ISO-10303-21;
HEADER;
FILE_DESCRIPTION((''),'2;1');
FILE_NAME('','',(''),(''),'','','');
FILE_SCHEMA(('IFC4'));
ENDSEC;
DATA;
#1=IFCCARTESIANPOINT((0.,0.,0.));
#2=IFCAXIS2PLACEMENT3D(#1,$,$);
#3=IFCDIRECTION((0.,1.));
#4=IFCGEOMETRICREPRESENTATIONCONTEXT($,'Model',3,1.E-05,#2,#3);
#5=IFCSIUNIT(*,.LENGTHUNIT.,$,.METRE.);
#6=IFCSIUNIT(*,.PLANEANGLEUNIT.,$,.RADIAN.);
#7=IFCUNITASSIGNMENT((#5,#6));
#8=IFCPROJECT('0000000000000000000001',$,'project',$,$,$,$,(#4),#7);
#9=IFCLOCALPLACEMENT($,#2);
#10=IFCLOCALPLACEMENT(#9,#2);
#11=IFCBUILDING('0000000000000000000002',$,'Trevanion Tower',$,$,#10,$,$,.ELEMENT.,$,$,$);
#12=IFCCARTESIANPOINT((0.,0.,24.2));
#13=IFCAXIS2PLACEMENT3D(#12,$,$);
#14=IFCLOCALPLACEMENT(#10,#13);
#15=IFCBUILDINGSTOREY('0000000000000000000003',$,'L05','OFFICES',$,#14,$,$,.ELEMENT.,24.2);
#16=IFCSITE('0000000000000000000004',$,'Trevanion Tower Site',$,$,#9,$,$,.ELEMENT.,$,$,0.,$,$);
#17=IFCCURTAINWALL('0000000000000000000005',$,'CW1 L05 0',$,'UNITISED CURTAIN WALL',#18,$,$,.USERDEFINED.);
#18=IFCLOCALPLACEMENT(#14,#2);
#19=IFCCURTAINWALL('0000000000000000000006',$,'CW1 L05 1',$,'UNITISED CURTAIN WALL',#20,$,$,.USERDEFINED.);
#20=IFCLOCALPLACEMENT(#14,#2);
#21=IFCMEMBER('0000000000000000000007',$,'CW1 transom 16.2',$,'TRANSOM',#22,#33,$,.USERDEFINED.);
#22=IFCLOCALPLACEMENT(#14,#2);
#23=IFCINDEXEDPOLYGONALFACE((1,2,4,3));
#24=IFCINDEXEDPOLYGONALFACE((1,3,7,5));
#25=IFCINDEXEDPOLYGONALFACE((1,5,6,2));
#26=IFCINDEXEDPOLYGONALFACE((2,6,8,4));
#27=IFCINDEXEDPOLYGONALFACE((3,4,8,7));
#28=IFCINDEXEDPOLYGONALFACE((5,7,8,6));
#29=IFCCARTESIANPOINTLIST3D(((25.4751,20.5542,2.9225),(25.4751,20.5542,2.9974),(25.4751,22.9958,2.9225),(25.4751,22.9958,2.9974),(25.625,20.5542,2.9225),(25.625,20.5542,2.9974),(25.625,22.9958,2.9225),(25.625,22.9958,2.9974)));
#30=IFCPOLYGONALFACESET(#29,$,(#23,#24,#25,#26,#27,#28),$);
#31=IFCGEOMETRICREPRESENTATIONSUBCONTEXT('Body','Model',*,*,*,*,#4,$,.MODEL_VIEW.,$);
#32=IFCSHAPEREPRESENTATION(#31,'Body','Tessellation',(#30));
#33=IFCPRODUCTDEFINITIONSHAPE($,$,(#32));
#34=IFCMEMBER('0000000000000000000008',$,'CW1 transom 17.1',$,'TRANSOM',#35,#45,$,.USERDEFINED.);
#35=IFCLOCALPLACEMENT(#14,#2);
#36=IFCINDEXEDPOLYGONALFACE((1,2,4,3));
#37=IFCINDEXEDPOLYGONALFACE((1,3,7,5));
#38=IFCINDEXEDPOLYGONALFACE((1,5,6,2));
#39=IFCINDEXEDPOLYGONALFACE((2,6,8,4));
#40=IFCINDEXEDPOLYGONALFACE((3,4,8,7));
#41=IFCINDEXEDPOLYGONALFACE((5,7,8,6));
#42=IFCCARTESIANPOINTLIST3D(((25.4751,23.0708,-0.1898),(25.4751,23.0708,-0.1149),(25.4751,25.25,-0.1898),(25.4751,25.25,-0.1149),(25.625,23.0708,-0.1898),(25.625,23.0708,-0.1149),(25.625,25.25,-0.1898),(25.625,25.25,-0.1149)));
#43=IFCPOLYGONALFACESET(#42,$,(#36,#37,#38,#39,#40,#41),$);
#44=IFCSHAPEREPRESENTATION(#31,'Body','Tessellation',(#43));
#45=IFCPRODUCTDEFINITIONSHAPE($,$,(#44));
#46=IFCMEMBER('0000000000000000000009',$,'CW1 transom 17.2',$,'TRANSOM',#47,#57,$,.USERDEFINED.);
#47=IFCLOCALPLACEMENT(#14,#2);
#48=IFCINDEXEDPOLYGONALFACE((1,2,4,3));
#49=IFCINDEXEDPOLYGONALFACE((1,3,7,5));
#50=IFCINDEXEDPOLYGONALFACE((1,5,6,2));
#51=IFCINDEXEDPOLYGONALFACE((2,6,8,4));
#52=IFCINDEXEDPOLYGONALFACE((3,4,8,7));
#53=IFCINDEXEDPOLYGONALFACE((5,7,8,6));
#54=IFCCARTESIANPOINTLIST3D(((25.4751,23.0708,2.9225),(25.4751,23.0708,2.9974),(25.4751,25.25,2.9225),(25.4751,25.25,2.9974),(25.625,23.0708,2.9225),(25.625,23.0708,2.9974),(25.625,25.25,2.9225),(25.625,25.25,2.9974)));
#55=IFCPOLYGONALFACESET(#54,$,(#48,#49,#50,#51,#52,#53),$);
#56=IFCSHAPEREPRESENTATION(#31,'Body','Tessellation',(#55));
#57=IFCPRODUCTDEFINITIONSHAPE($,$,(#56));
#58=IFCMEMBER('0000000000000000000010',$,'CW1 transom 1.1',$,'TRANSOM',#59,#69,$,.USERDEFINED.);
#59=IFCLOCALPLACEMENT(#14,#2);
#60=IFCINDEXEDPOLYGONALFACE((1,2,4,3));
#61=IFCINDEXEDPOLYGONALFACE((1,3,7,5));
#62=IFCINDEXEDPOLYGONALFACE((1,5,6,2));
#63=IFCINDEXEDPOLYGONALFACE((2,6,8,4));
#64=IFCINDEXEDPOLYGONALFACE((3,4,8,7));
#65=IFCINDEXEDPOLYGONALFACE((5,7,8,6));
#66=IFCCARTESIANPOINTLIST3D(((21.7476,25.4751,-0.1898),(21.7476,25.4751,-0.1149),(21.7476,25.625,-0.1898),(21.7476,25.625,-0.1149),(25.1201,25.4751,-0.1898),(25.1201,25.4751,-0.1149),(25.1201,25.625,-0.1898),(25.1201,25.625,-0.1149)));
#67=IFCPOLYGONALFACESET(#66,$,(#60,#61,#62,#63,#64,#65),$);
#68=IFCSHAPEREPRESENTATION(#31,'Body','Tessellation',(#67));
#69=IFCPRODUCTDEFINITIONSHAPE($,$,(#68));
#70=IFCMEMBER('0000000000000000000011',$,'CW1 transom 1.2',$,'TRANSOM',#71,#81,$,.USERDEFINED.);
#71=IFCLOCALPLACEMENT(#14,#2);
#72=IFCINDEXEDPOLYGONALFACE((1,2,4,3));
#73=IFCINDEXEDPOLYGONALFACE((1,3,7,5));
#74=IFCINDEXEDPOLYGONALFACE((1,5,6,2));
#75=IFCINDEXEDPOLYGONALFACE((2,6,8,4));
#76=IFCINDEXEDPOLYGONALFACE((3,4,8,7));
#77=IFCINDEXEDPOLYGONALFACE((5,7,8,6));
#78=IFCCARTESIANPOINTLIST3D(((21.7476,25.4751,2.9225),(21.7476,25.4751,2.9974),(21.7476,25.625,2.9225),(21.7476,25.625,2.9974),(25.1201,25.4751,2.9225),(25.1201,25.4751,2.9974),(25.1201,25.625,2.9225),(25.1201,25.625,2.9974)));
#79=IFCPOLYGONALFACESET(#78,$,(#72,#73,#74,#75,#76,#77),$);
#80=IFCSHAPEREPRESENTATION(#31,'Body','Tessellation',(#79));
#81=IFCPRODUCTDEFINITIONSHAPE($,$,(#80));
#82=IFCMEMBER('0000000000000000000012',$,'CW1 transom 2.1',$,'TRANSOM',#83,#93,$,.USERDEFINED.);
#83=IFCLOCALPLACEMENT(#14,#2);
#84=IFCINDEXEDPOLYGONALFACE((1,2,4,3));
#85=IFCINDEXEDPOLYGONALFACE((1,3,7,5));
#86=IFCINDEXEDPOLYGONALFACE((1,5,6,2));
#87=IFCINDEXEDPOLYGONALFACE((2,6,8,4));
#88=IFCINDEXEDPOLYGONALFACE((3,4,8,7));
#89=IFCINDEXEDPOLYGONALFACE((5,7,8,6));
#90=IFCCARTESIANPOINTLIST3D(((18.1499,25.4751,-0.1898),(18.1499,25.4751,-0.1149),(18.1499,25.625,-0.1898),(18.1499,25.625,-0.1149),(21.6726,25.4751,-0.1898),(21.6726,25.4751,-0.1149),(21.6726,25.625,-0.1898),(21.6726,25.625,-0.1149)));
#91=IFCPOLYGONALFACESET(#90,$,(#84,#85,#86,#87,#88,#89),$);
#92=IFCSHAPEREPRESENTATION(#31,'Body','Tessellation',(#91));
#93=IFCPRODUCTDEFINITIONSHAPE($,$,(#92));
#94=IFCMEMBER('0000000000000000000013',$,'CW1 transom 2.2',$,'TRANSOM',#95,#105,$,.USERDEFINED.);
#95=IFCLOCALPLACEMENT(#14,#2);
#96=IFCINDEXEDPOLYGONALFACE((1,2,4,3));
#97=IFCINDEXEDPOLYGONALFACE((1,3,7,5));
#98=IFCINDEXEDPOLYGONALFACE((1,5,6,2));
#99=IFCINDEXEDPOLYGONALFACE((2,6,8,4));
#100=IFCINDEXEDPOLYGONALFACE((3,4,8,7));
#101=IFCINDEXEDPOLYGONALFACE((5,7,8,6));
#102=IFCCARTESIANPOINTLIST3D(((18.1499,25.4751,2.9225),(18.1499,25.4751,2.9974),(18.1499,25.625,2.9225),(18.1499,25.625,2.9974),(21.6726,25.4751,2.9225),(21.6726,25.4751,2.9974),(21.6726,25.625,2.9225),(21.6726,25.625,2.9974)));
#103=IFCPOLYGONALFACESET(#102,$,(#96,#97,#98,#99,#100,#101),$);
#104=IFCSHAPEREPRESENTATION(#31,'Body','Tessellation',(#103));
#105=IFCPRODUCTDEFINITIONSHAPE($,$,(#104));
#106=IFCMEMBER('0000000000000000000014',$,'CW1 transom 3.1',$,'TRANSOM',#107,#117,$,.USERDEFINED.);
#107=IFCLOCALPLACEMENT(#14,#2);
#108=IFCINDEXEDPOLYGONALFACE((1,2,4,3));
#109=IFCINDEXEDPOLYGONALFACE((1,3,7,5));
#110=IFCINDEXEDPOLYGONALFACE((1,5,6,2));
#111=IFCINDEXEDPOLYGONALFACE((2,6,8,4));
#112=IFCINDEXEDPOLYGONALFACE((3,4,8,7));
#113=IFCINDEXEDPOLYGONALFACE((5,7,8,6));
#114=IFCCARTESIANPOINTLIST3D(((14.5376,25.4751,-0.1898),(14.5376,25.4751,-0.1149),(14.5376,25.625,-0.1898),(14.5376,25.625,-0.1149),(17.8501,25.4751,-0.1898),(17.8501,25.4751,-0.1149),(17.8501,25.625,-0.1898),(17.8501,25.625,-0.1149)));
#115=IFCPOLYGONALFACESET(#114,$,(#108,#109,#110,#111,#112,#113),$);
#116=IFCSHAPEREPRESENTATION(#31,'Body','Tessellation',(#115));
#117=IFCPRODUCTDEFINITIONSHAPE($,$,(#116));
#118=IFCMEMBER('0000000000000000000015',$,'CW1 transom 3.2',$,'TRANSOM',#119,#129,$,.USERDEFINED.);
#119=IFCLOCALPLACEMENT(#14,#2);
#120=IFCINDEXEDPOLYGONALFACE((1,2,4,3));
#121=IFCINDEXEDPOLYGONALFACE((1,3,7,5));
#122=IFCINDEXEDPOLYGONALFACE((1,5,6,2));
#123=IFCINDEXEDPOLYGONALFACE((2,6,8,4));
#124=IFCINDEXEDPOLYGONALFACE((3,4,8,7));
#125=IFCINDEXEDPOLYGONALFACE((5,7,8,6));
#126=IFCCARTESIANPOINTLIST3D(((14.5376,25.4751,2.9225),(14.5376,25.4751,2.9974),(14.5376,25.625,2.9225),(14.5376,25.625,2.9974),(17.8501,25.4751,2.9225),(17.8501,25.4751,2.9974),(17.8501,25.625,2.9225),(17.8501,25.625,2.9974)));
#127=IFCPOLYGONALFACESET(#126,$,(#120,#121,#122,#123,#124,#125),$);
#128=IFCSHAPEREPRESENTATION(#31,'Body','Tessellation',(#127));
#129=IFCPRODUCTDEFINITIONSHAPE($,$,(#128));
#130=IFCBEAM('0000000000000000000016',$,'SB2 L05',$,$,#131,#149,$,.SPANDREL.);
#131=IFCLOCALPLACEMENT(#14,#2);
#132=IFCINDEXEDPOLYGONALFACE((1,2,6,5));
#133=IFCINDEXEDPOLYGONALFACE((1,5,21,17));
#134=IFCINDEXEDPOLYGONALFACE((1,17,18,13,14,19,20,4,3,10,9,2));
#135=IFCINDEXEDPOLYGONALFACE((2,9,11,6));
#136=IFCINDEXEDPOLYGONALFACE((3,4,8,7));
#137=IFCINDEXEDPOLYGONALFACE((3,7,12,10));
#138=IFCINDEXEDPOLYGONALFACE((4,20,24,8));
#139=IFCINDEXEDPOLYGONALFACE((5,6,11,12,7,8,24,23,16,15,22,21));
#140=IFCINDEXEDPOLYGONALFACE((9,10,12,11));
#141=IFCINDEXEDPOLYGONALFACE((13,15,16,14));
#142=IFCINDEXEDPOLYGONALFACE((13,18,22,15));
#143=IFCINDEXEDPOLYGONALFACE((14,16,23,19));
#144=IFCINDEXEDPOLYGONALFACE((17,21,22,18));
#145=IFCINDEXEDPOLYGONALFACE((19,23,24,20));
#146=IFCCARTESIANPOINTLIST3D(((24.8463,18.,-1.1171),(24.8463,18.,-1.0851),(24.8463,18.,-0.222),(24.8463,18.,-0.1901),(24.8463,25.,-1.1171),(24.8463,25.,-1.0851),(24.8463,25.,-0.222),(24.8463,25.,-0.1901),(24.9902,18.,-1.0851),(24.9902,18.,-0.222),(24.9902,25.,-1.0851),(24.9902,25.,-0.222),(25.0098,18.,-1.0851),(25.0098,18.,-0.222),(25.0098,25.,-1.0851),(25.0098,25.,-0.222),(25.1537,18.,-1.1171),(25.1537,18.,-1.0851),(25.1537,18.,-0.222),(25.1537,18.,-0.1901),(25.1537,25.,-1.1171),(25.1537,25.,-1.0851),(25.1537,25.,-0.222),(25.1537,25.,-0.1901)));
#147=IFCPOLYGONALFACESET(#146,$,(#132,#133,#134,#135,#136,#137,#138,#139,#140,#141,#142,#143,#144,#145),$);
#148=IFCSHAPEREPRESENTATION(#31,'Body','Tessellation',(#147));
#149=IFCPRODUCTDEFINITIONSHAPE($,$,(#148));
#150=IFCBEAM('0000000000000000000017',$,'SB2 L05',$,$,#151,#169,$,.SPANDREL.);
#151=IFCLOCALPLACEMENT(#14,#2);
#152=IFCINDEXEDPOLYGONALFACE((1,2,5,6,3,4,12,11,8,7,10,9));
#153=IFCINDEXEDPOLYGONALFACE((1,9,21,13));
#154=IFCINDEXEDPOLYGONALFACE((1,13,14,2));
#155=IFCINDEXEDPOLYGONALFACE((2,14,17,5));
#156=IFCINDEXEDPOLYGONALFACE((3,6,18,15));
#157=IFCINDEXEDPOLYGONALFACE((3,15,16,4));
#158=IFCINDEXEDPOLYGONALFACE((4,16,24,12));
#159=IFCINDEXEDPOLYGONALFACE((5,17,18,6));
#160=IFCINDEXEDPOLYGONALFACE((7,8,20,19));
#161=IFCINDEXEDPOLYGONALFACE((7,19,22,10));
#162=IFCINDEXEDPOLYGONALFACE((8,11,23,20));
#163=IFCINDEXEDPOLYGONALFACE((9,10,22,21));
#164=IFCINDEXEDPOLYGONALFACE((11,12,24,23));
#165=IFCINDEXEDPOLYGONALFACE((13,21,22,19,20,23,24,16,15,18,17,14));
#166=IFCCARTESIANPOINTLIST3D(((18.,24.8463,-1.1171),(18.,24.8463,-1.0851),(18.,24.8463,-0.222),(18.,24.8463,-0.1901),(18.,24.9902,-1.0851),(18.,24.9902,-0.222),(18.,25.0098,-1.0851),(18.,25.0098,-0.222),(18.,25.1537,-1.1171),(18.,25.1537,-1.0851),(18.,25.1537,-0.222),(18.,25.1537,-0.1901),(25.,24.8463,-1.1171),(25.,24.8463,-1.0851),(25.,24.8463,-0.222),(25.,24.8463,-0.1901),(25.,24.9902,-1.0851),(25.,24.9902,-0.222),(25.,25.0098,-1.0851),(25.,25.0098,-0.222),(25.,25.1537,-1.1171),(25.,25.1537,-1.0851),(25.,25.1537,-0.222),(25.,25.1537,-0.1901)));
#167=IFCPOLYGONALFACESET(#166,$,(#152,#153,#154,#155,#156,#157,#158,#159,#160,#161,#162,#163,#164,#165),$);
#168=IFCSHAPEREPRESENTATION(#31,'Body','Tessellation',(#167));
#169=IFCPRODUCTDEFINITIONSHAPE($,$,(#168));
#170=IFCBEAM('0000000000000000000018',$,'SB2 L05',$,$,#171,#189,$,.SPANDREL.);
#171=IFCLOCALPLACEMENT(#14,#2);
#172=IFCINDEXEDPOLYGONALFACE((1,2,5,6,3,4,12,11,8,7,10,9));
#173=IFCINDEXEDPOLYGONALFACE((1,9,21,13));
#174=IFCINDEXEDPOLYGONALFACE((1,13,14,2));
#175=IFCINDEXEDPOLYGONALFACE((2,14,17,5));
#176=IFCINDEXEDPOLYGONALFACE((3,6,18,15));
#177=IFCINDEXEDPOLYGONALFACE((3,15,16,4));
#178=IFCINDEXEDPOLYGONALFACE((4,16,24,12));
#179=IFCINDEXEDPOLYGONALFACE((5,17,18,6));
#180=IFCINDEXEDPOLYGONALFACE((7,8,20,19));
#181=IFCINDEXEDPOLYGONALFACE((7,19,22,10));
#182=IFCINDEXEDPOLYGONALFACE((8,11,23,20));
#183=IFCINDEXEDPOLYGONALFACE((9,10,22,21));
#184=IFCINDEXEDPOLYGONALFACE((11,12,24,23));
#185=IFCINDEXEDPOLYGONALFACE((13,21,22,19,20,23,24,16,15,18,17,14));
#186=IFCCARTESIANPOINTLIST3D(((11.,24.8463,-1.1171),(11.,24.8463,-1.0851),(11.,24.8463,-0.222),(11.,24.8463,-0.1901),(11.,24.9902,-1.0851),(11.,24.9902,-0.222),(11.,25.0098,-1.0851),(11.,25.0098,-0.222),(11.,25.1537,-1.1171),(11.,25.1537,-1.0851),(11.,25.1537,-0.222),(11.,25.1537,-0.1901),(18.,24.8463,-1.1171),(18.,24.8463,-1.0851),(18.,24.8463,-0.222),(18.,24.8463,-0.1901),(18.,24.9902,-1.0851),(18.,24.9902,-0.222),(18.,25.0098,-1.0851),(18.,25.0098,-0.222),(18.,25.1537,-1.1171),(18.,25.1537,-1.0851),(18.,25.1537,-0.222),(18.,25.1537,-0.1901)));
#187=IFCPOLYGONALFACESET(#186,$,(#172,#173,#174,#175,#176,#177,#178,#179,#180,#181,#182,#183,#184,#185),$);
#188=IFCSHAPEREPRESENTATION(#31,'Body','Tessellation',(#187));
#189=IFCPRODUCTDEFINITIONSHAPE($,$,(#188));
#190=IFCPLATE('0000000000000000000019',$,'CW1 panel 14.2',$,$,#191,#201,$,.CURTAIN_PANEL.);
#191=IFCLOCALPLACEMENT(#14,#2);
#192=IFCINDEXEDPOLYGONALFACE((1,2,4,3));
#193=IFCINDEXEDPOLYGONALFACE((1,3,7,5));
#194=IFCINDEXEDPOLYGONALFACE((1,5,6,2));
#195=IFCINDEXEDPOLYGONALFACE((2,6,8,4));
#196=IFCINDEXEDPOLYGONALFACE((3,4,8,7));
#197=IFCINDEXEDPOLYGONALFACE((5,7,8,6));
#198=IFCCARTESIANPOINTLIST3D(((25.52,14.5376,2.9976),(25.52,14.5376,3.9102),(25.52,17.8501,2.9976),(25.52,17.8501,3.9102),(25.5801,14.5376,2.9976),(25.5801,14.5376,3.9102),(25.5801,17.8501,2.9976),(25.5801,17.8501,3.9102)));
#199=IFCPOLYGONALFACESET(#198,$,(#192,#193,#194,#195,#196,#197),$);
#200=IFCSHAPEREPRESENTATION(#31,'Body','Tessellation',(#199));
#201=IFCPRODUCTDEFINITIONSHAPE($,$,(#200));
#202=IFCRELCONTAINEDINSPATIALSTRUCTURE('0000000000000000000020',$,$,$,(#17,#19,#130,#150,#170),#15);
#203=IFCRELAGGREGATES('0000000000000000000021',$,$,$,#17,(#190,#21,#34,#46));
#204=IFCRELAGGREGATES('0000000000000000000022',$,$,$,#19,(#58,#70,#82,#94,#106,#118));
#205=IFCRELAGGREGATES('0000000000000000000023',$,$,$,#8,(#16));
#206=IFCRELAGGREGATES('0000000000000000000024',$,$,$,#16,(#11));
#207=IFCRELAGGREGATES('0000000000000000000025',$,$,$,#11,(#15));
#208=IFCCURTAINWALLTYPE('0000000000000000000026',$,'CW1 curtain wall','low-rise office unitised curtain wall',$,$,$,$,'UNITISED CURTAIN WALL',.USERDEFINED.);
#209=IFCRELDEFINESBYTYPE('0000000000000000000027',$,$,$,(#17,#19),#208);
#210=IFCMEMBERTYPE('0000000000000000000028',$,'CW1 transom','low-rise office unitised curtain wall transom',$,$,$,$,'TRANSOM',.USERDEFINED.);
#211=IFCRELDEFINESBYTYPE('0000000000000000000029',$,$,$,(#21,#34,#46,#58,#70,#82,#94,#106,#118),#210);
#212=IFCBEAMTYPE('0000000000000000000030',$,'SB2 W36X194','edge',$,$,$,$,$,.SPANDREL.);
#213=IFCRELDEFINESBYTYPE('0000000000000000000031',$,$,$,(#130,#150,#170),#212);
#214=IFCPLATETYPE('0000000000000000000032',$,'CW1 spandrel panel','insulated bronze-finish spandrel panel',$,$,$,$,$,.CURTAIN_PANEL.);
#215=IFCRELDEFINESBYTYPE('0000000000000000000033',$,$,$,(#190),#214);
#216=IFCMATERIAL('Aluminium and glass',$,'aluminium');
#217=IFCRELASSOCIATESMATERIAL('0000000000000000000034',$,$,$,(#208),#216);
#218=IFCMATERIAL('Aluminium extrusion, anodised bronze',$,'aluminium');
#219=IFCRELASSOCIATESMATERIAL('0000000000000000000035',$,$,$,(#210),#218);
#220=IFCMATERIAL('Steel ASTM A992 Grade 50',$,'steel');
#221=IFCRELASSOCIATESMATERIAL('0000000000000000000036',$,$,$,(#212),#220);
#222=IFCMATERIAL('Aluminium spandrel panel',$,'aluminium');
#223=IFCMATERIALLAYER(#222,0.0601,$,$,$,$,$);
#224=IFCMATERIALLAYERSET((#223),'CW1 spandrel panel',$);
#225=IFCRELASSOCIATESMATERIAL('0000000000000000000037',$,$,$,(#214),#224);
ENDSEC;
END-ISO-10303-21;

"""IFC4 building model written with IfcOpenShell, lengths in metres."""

from ifc_helpers import new_model, si_unit, direction, frame, origin, origin_2d, place, context, subcontext, project, spatial, rectangle, i_section, extrude, material, layer, layer_set, material_profile, profile_set, type_object, element, aggregate, save


model = new_model("IFC4")

# Units and contexts
model_context = context("Model", 3, precision=1e-05, world=origin(), true_north=direction((0.0, 1.0)))
body_context = subcontext(model_context, "Body", "Model", "MODEL_VIEW")
ifc_project = project(units=[si_unit("LENGTHUNIT", "METRE"), si_unit("PLANEANGLEUNIT", "RADIAN")], contexts=[model_context])

# Site, building, storey
site_placement = place(None, origin())
site = spatial("IfcSite", under=ifc_project, at=site_placement, Name="Trevanion Tower Site", CompositionType="ELEMENT", RefElevation=0.0)
building_placement = place(site_placement, origin())
building = spatial("IfcBuilding", under=site, at=building_placement, Name="Trevanion Tower", CompositionType="ELEMENT")
storey_placement = place(building_placement, frame((0.0, 0.0, 24.2)))
storey = spatial("IfcBuildingStorey", under=building, at=storey_placement, Name="L05", Description="OFFICES", CompositionType="ELEMENT", Elevation=24.2)

# Curtain wall
ifc_material_1 = material(Name="Aluminium and glass", Category="aluminium")
curtain_wall_type = type_object("IfcCurtainWallType", Name="CW1 curtain wall", Description="low-rise office unitised curtain wall", ElementType="UNITISED CURTAIN WALL", PredefinedType="USERDEFINED", material=ifc_material_1)
curtain_wall_1_placement = place(storey_placement, origin())
curtain_wall_1 = element("IfcCurtainWall", 1, at=curtain_wall_1_placement, inside=storey, type_object=curtain_wall_type, Name="CW1 L05 0", ObjectType="UNITISED CURTAIN WALL", PredefinedType="USERDEFINED")

# Curtain wall
curtain_wall_2_placement = place(storey_placement, origin())
curtain_wall_2 = element("IfcCurtainWall", 2, at=curtain_wall_2_placement, inside=storey, type_object=curtain_wall_type, Name="CW1 L05 1", ObjectType="UNITISED CURTAIN WALL", PredefinedType="USERDEFINED")

# Members
ifc_material_2 = material(Name="Aluminium extrusion, anodised bronze", Category="aluminium")
ifc_material_profile_1 = material_profile(ifc_material_2, rectangle(XDim=0.1499, YDim=0.075, at=origin_2d()), Name="CW1 transom")
ifc_profile_set_1 = profile_set([ifc_material_profile_1], Name="Aluminium extrusion, anodised bronze")
member_type_1 = type_object("IfcMemberType", Name="CW1 transom", Description="low-rise office unitised curtain wall transom", ElementType="TRANSOM", PredefinedType="USERDEFINED", material=ifc_profile_set_1)
member_1_placement = place(storey_placement, frame((25.55, 20.5542, 2.96), z_axis=(0.0, 1.0, 0.0), x_axis=(-1.0, 0.0, 0.0)))
member_1 = element("IfcMember", 3, at=member_1_placement, type_object=member_type_1, Name="CW1 transom 16.2", ObjectType="TRANSOM", PredefinedType="USERDEFINED", context=body_context, shape_type="SweptSolid", body=[
    extrude(rectangle(XDim=0.1499, YDim=0.075, at=origin_2d()), origin(), (0.0, 0.0, 1.0), 2.4417),
])
member_2_placement = place(storey_placement, frame((25.55, 23.0708, -0.1523), z_axis=(0.0, 1.0, 0.0), x_axis=(-1.0, 0.0, 0.0)))
member_2 = element("IfcMember", 4, at=member_2_placement, type_object=member_type_1, Name="CW1 transom 17.1", ObjectType="TRANSOM", PredefinedType="USERDEFINED", context=body_context, shape_type="SweptSolid", body=[
    extrude(rectangle(XDim=0.1499, YDim=0.075, at=origin_2d()), origin(), (0.0, 0.0, 1.0), 2.1792),
])
member_3_placement = place(storey_placement, frame((25.55, 23.0708, 2.96), z_axis=(0.0, 1.0, 0.0), x_axis=(-1.0, 0.0, 0.0)))
member_3 = element("IfcMember", 5, at=member_3_placement, type_object=member_type_1, Name="CW1 transom 17.2", ObjectType="TRANSOM", PredefinedType="USERDEFINED", context=body_context, shape_type="SweptSolid", body=[
    extrude(rectangle(XDim=0.1499, YDim=0.075, at=origin_2d()), origin(), (0.0, 0.0, 1.0), 2.1792),
])
member_4_placement = place(storey_placement, frame((25.1201, 25.55, -0.1523), z_axis=(-1.0, 0.0, 0.0), x_axis=(0.0, -1.0, 0.0)))
member_4 = element("IfcMember", 6, at=member_4_placement, type_object=member_type_1, Name="CW1 transom 1.1", ObjectType="TRANSOM", PredefinedType="USERDEFINED", context=body_context, shape_type="SweptSolid", body=[
    extrude(rectangle(XDim=0.1499, YDim=0.075, at=origin_2d()), origin(), (0.0, 0.0, 1.0), 3.3726),
])
member_5_placement = place(storey_placement, frame((25.1201, 25.55, 2.96), z_axis=(-1.0, 0.0, 0.0), x_axis=(0.0, -1.0, 0.0)))
member_5 = element("IfcMember", 7, at=member_5_placement, type_object=member_type_1, Name="CW1 transom 1.2", ObjectType="TRANSOM", PredefinedType="USERDEFINED", context=body_context, shape_type="SweptSolid", body=[
    extrude(rectangle(XDim=0.1499, YDim=0.075, at=origin_2d()), origin(), (0.0, 0.0, 1.0), 3.3726),
])
member_6_placement = place(storey_placement, frame((21.6726, 25.55, -0.1523), z_axis=(-1.0, 0.0, 0.0), x_axis=(0.0, -1.0, 0.0)))
member_6 = element("IfcMember", 8, at=member_6_placement, type_object=member_type_1, Name="CW1 transom 2.1", ObjectType="TRANSOM", PredefinedType="USERDEFINED", context=body_context, shape_type="SweptSolid", body=[
    extrude(rectangle(XDim=0.1499, YDim=0.075, at=origin_2d()), origin(), (0.0, 0.0, 1.0), 3.5227),
])
member_7_placement = place(storey_placement, frame((21.6726, 25.55, 2.96), z_axis=(-1.0, 0.0, 0.0), x_axis=(0.0, -1.0, 0.0)))
member_7 = element("IfcMember", 9, at=member_7_placement, type_object=member_type_1, Name="CW1 transom 2.2", ObjectType="TRANSOM", PredefinedType="USERDEFINED", context=body_context, shape_type="SweptSolid", body=[
    extrude(rectangle(XDim=0.1499, YDim=0.075, at=origin_2d()), origin(), (0.0, 0.0, 1.0), 3.5227),
])
member_8_placement = place(storey_placement, frame((17.8501, 25.55, -0.1523), z_axis=(-1.0, 0.0, 0.0), x_axis=(0.0, -1.0, 0.0)))
member_8 = element("IfcMember", 10, at=member_8_placement, type_object=member_type_1, Name="CW1 transom 3.1", ObjectType="TRANSOM", PredefinedType="USERDEFINED", context=body_context, shape_type="SweptSolid", body=[
    extrude(rectangle(XDim=0.1499, YDim=0.075, at=origin_2d()), origin(), (0.0, 0.0, 1.0), 3.3125),
])
member_9_placement = place(storey_placement, frame((17.8501, 25.55, 2.96), z_axis=(-1.0, 0.0, 0.0), x_axis=(0.0, -1.0, 0.0)))
member_9 = element("IfcMember", 11, at=member_9_placement, type_object=member_type_1, Name="CW1 transom 3.2", ObjectType="TRANSOM", PredefinedType="USERDEFINED", context=body_context, shape_type="SweptSolid", body=[
    extrude(rectangle(XDim=0.1499, YDim=0.075, at=origin_2d()), origin(), (0.0, 0.0, 1.0), 3.3125),
])

# Beams
ifc_material_3 = material(Name="Steel ASTM A992 Grade 50", Category="steel")
ifc_material_profile_2 = material_profile(ifc_material_3, i_section(OverallWidth=0.3074, OverallDepth=0.927, WebThickness=0.0195, FlangeThickness=0.032, at=origin_2d()), Name="W36X194")
ifc_profile_set_2 = profile_set([ifc_material_profile_2], Name="Steel ASTM A992 Grade 50")
beam_type = type_object("IfcBeamType", Name="SB2 W36X194", Description="edge", PredefinedType="SPANDREL", material=ifc_profile_set_2)
for number, where, z_axis, x_axis, name in (
    (12, (25.0, 18.0, -0.6536), (0.0, 1.0, 0.0), (-1.0, 0.0, 0.0), "SB2 L05"),
    (13, (25.0, 25.0, -0.6536), (-1.0, 0.0, 0.0), (0.0, -1.0, 0.0), "SB2 L05"),
    (14, (18.0, 25.0, -0.6536), (-1.0, 0.0, 0.0), (0.0, -1.0, 0.0), "SB2 L05"),
):
    element("IfcBeam", number, at=place(storey_placement, frame(where, z_axis=z_axis, x_axis=x_axis)), inside=storey, type_object=beam_type, Name=name, PredefinedType="SPANDREL", context=body_context, shape_type="SweptSolid", body=[
        extrude(i_section(OverallWidth=0.3074, OverallDepth=0.927, WebThickness=0.0195, FlangeThickness=0.032, at=origin_2d()), origin(), (0.0, 0.0, 1.0), 7.0),
    ])

# Plate
ifc_material_4 = material(Name="Aluminium spandrel panel", Category="aluminium")
ifc_layer_1 = layer(ifc_material_4, 0.0601)
ifc_layer_set_1 = layer_set([ifc_layer_1], Name="CW1 spandrel panel")
plate_type_1 = type_object("IfcPlateType", Name="CW1 spandrel panel", Description="insulated bronze-finish spandrel panel", PredefinedType="CURTAIN_PANEL", material=ifc_layer_set_1)
plate_1_placement = place(storey_placement, frame((25.55, 16.1938, 2.9976), z_axis=(0.0, 0.0, 1.0), x_axis=(0.0, 1.0, 0.0)))
plate_1 = element("IfcPlate", 15, at=plate_1_placement, type_object=plate_type_1, Name="CW1 panel 14.2", PredefinedType="CURTAIN_PANEL", context=body_context, shape_type="SweptSolid", body=[
    extrude(rectangle(XDim=3.3125, YDim=0.0601, at=origin_2d()), origin(), (0.0, 0.0, 1.0), 0.9126),
])
aggregate(curtain_wall_1, [plate_1, member_1, member_2, member_3])
aggregate(curtain_wall_2, [member_4, member_5, member_6, member_7, member_8, member_9])

save(model, "model.ifc")
